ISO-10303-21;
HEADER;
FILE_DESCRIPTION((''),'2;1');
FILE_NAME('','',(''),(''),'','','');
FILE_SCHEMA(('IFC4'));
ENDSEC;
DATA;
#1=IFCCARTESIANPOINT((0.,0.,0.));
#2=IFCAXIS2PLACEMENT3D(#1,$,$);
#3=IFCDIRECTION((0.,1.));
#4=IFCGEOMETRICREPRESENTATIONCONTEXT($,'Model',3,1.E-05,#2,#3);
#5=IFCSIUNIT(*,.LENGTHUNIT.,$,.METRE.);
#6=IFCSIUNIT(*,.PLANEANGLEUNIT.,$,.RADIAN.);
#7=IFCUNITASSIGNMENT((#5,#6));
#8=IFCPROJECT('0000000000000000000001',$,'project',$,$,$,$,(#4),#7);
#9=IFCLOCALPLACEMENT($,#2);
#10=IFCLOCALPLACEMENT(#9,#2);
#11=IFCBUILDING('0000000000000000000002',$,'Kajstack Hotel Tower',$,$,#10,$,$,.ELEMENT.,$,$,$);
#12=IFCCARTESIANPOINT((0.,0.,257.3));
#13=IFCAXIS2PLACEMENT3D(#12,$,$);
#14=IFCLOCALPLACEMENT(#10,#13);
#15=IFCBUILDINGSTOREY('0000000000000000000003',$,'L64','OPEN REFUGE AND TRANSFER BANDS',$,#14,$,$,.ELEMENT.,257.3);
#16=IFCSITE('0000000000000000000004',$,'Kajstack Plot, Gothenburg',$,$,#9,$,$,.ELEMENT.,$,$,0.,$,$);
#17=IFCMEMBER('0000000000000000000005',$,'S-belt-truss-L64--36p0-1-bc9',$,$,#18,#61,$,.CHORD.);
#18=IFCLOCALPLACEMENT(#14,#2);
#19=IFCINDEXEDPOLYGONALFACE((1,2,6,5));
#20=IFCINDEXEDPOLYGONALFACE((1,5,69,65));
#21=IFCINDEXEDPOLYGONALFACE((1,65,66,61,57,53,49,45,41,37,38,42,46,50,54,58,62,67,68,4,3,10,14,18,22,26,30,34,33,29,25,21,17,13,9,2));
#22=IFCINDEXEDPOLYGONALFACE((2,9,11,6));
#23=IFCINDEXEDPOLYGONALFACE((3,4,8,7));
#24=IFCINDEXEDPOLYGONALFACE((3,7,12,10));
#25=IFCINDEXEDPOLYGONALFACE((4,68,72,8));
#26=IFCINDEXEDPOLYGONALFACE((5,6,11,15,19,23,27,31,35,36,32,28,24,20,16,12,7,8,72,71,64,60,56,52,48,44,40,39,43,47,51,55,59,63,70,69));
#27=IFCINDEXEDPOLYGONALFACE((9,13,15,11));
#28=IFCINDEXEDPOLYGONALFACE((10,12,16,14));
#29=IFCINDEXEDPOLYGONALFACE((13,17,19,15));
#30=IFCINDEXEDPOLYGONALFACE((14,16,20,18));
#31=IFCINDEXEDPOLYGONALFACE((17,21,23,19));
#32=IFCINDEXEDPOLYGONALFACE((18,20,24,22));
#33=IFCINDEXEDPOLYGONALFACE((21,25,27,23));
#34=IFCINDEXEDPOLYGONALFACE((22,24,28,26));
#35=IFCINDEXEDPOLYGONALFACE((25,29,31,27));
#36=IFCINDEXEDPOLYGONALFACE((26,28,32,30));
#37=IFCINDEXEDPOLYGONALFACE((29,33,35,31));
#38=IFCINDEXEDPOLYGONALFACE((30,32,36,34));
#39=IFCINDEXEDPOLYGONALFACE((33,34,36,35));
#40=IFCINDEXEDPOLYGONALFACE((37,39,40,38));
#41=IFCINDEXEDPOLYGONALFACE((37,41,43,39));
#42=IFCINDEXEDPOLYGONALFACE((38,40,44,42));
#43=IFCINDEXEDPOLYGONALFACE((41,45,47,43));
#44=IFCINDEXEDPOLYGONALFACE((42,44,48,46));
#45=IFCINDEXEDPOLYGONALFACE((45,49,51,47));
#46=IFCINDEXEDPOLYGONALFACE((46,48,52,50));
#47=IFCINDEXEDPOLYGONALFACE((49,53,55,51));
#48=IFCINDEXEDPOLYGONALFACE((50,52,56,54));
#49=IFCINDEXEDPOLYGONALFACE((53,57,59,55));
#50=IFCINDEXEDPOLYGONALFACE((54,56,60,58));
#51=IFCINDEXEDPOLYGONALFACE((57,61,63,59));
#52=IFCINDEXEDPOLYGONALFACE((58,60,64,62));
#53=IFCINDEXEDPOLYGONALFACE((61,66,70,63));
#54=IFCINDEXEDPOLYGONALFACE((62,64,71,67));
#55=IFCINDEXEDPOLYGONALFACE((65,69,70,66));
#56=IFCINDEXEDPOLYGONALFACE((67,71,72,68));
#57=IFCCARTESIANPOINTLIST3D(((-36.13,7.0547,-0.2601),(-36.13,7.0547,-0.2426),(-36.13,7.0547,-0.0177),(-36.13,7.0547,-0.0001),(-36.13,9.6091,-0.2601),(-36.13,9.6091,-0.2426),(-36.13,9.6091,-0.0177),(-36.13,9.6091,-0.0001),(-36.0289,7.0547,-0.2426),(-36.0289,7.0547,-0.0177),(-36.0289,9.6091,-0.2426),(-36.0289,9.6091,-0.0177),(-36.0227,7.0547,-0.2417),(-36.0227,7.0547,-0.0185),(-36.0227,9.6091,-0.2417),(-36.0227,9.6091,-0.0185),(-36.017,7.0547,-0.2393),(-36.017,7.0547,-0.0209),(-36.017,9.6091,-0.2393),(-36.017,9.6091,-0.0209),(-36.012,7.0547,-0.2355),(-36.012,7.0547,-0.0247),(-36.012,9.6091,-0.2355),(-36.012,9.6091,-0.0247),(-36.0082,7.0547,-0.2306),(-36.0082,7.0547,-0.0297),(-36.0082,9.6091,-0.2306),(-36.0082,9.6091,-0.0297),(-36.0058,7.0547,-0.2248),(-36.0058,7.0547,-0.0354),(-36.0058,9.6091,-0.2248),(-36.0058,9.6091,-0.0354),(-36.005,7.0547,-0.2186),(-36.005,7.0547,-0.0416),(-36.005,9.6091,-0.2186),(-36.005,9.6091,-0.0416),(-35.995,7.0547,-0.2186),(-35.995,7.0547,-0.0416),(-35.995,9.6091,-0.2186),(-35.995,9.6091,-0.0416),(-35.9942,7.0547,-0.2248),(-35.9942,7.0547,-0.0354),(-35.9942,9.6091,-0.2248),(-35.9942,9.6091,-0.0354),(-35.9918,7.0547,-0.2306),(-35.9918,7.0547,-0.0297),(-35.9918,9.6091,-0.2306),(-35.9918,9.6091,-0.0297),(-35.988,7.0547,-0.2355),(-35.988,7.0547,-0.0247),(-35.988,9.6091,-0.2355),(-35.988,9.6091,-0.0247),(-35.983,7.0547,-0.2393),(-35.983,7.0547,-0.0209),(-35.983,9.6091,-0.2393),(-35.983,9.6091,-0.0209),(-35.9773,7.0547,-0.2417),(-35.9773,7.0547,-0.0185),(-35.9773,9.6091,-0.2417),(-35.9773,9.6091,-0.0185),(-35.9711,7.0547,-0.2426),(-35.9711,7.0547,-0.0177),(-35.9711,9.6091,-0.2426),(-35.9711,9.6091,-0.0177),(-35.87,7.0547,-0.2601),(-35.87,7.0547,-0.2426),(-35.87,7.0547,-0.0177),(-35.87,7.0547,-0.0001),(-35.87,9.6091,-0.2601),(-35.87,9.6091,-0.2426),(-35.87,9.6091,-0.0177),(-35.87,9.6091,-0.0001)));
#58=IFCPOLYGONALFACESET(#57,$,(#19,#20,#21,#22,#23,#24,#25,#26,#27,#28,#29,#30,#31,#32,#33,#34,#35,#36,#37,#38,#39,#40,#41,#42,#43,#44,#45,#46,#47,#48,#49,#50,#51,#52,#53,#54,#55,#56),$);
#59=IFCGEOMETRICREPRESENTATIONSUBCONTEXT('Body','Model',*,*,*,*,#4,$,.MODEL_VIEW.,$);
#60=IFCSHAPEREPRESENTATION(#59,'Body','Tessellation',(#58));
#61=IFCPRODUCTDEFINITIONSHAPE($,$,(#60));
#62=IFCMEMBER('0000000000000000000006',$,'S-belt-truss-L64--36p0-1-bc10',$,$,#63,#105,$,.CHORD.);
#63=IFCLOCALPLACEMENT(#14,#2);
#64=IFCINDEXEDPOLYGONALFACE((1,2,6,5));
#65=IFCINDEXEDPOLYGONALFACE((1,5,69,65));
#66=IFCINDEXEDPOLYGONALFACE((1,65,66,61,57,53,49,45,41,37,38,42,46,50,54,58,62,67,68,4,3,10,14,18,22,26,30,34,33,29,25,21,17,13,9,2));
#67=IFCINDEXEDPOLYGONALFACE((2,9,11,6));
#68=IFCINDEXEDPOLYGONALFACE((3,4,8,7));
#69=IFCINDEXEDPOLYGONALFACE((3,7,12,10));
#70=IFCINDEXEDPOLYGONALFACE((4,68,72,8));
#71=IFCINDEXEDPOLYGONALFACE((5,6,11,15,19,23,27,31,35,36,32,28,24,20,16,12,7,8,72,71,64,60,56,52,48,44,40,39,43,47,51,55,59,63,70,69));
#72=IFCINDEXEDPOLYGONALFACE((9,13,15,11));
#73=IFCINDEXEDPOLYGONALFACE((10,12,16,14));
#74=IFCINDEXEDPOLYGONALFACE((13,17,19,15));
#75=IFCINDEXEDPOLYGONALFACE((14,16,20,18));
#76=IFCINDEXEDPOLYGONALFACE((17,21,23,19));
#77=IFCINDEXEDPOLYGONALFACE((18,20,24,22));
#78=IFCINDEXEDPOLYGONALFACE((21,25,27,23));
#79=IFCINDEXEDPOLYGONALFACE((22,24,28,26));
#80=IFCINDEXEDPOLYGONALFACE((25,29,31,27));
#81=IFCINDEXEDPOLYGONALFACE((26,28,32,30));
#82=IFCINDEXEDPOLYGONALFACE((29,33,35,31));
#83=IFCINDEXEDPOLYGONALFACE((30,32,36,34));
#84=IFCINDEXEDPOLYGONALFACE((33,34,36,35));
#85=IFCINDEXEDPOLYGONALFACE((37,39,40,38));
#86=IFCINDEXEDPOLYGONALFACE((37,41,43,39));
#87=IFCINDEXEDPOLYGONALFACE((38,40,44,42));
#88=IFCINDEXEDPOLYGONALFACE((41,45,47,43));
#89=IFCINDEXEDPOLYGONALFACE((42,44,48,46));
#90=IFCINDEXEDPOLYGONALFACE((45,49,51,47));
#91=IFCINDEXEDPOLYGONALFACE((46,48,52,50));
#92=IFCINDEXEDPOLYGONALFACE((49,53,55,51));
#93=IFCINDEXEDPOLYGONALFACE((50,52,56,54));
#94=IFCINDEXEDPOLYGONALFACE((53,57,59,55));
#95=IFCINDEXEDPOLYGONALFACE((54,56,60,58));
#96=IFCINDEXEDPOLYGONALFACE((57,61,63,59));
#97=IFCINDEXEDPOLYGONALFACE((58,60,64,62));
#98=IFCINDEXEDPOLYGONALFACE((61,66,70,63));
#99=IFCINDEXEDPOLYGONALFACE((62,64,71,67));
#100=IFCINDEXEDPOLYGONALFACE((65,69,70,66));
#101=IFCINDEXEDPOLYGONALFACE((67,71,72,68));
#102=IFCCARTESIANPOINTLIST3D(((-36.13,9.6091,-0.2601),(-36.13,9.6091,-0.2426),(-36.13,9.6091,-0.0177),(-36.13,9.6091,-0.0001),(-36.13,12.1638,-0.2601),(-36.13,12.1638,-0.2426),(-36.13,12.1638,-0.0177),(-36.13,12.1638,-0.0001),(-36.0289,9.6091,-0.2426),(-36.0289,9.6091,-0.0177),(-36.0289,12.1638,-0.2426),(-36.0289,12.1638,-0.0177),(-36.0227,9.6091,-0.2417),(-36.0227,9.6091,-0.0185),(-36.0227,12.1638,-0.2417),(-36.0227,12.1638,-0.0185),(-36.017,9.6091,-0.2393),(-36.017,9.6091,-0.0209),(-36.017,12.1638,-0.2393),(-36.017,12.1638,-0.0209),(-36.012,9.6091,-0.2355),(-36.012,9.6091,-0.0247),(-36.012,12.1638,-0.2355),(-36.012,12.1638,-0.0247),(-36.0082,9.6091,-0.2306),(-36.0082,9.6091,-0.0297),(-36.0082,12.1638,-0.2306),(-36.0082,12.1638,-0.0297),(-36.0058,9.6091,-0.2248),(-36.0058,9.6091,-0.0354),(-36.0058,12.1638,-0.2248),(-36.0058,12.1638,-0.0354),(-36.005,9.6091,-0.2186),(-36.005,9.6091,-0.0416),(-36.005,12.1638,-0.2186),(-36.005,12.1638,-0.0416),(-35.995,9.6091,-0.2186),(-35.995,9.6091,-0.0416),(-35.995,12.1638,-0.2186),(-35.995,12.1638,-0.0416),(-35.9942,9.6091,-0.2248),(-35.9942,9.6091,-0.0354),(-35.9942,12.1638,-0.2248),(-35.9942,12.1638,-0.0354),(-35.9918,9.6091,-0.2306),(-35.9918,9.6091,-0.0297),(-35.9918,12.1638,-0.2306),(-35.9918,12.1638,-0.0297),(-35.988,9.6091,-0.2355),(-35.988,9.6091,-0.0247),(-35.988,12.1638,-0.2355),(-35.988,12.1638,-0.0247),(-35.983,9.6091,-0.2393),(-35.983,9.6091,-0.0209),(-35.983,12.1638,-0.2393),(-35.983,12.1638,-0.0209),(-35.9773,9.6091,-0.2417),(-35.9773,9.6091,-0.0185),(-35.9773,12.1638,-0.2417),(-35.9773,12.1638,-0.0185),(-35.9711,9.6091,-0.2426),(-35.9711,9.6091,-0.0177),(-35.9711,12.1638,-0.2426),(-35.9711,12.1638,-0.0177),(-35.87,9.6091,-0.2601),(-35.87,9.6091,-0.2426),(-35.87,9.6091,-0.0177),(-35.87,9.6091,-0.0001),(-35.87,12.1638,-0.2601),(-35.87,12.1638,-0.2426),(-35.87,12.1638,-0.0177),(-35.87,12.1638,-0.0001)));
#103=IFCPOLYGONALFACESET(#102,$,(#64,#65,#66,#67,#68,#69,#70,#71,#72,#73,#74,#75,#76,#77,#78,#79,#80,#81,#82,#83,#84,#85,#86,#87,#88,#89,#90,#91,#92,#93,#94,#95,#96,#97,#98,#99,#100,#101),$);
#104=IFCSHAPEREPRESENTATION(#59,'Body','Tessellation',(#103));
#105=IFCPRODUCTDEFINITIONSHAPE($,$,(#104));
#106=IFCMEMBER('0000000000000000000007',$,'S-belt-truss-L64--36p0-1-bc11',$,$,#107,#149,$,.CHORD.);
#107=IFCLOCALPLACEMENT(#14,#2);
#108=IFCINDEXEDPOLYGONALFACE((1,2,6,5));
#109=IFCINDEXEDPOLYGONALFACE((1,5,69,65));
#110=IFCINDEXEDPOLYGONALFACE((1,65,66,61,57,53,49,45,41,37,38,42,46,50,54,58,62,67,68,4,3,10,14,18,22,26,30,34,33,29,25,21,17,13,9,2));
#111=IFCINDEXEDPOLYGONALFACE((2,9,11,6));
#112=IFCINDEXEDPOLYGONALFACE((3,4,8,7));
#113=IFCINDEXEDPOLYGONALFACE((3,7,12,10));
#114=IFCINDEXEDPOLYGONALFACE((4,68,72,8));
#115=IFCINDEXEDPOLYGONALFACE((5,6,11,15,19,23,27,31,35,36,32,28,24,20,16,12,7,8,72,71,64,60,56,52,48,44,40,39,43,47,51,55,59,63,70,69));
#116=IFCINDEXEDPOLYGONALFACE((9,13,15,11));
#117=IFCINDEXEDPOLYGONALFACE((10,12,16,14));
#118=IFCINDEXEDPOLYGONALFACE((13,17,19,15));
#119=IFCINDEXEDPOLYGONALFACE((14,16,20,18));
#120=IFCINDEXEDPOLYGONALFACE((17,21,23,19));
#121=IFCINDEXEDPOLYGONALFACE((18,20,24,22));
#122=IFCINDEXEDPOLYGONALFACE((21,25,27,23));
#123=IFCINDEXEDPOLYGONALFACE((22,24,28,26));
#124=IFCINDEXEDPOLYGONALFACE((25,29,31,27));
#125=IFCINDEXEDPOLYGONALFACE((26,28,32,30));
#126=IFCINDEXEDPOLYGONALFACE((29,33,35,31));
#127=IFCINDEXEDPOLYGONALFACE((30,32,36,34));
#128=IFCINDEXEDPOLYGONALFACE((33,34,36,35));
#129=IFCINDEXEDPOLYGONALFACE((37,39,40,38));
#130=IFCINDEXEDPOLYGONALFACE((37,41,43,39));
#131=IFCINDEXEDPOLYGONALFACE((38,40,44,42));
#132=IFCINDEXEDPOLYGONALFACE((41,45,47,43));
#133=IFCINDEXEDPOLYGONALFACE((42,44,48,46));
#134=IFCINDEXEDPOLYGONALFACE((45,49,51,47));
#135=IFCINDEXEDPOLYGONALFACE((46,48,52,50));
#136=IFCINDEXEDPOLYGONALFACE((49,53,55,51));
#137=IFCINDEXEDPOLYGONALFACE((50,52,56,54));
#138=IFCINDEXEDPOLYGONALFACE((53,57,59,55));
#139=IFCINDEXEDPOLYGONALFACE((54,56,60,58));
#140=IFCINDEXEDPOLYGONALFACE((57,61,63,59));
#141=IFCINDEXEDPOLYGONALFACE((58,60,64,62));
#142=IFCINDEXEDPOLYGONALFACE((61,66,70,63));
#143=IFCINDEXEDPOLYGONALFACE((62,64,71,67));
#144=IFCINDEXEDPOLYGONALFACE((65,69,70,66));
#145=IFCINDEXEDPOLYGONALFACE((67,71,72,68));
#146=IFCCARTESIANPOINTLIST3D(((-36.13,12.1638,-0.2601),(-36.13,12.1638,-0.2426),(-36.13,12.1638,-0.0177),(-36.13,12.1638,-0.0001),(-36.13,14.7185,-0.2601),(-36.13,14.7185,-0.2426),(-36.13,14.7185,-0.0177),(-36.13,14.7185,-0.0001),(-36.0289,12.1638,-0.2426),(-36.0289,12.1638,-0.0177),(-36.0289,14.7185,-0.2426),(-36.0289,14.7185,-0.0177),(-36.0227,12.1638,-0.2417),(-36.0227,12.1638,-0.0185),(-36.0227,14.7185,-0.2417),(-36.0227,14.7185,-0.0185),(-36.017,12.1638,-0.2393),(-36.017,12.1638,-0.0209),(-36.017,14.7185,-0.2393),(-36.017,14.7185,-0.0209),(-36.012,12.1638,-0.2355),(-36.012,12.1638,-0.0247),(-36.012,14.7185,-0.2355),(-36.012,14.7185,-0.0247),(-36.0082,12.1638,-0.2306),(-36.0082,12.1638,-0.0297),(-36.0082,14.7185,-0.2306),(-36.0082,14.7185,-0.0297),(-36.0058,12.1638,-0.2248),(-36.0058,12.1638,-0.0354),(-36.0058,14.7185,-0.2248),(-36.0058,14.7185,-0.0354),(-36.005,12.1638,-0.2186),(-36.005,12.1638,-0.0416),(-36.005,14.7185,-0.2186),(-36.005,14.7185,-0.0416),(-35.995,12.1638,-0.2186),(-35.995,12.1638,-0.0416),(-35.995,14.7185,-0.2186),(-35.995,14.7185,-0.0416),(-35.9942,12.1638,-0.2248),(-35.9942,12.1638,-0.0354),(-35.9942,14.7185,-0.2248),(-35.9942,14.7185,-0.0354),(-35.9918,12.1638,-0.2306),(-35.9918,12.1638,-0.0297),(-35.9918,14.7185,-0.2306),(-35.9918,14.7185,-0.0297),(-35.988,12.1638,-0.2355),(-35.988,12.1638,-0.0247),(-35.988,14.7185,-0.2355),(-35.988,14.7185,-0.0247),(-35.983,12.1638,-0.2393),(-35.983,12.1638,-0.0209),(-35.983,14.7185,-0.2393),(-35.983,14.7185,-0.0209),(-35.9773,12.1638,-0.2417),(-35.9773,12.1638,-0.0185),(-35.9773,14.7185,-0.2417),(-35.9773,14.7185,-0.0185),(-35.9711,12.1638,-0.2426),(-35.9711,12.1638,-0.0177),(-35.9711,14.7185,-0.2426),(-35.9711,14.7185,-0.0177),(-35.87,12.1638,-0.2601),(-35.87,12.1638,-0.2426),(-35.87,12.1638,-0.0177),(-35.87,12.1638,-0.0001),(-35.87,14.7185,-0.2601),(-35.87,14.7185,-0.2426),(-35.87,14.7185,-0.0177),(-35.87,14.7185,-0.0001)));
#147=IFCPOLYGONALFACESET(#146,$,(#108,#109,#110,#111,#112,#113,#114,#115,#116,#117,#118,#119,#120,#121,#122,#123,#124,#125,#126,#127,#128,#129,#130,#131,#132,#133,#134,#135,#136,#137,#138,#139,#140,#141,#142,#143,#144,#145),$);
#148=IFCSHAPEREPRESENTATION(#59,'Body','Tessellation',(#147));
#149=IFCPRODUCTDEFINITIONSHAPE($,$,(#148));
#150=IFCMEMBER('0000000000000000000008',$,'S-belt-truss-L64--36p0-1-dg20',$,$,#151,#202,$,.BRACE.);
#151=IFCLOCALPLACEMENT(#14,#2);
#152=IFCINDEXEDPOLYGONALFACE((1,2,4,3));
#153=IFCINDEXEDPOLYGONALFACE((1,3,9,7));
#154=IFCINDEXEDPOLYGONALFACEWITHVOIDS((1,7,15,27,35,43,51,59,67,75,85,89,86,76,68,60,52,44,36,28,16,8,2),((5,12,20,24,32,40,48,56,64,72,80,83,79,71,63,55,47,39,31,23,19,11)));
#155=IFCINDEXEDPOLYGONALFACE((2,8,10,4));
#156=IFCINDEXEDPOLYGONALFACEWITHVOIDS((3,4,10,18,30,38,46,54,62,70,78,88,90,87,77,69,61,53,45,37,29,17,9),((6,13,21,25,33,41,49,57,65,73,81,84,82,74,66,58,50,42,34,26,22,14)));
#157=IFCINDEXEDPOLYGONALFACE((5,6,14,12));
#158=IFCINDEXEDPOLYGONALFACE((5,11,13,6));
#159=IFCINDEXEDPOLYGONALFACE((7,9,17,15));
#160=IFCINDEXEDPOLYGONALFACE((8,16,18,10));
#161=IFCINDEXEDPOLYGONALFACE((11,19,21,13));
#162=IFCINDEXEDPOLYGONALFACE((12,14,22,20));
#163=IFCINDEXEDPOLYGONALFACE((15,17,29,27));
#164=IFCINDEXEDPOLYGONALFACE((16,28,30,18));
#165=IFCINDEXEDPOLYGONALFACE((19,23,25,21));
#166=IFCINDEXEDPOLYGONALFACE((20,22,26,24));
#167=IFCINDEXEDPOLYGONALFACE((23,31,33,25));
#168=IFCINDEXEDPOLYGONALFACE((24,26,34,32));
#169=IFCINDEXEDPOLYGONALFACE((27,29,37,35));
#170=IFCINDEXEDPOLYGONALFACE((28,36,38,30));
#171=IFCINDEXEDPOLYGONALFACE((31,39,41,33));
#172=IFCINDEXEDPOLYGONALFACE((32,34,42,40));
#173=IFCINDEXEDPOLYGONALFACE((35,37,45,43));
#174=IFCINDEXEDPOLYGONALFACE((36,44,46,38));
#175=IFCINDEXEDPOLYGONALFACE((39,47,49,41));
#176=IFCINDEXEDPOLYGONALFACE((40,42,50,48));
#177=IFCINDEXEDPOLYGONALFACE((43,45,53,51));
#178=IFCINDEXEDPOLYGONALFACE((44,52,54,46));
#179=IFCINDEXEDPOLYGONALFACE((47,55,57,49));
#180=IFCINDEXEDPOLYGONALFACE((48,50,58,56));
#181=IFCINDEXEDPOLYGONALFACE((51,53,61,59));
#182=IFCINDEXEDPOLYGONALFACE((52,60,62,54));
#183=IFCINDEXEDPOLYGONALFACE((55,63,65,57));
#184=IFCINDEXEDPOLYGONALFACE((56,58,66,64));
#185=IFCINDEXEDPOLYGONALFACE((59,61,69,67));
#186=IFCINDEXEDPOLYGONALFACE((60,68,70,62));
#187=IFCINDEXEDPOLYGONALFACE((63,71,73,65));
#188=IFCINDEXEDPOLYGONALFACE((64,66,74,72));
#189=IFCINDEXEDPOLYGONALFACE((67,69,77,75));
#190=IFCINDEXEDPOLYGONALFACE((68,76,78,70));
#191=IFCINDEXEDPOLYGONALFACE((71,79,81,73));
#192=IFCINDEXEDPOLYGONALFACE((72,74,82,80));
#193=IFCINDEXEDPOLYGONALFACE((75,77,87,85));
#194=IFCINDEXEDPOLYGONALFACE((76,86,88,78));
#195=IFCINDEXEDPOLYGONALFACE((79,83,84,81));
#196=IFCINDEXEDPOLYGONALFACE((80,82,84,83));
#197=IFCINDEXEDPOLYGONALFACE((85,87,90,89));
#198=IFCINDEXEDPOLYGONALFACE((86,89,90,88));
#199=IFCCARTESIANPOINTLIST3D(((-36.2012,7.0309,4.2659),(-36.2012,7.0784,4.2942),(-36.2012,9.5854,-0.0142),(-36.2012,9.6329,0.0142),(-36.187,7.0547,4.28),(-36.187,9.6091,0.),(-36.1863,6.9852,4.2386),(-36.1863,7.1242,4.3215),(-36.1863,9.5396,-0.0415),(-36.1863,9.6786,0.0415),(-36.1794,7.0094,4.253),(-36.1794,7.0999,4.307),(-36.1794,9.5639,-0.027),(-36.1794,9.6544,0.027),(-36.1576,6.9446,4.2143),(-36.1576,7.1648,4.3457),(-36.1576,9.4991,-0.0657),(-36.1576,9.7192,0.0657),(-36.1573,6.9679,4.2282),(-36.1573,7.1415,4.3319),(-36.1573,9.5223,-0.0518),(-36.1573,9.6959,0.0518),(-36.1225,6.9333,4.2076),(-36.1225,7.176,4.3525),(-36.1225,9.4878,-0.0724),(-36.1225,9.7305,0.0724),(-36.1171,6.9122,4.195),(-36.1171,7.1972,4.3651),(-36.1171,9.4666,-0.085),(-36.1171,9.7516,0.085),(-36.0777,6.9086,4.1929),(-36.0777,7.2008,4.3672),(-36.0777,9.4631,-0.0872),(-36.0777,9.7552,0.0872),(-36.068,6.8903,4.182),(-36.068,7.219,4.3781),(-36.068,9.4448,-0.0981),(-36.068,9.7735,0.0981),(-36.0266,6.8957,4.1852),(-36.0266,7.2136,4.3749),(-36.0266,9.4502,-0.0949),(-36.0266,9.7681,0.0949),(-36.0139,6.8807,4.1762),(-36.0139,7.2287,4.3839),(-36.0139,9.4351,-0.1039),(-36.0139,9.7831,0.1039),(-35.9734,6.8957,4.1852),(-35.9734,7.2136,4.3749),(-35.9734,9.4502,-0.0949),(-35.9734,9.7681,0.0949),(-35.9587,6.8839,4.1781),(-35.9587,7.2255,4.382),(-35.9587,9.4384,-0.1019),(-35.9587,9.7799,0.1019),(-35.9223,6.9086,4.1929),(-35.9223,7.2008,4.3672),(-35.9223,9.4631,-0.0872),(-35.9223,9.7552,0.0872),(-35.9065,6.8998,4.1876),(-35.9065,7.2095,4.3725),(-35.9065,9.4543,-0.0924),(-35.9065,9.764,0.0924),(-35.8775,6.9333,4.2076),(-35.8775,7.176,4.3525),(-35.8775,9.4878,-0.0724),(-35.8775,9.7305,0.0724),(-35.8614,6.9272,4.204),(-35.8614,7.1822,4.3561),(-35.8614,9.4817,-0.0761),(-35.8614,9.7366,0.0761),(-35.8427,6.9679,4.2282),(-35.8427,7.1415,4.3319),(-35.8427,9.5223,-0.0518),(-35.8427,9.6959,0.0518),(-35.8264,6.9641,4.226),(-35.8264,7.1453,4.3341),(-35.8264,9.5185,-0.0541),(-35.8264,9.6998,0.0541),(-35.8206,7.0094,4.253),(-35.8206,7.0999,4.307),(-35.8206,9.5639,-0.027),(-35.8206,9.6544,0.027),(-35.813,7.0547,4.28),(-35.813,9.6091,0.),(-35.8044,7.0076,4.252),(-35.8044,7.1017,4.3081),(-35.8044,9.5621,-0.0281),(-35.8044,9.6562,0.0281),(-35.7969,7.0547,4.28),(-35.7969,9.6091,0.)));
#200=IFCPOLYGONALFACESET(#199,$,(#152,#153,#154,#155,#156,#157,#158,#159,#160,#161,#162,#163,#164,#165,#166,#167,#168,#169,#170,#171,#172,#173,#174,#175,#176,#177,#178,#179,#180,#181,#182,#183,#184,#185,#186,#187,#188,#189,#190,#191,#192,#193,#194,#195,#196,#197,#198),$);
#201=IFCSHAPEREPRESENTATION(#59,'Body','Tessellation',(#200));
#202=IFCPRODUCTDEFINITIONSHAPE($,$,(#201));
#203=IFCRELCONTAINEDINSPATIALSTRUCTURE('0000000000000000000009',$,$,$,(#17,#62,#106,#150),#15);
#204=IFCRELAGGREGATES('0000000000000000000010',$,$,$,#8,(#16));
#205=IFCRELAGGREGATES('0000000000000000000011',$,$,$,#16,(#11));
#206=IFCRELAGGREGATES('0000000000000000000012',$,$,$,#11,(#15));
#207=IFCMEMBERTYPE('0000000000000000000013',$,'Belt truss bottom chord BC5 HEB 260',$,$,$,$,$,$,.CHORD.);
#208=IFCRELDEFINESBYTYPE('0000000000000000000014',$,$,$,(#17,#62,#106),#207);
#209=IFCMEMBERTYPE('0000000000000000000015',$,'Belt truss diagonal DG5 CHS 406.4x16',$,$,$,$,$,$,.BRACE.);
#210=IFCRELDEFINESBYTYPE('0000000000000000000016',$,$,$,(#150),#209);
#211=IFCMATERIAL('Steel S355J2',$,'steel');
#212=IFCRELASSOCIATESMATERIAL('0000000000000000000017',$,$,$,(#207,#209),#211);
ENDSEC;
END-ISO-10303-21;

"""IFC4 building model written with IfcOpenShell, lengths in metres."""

from ifc_helpers import new_model, si_unit, direction, frame, origin, origin_2d, place, context, subcontext, project, spatial, hollow_circle, i_section, extrude, material, material_profile, profile_set, type_object, element, save


model = new_model("IFC4")

# Units and contexts
model_context = context("Model", 3, precision=1e-05, world=origin(), true_north=direction((0.0, 1.0)))
body_context = subcontext(model_context, "Body", "Model", "MODEL_VIEW")
ifc_project = project(units=[si_unit("LENGTHUNIT", "METRE"), si_unit("PLANEANGLEUNIT", "RADIAN")], contexts=[model_context])

# Site, building, storey
site_placement = place(None, origin())
site = spatial("IfcSite", under=ifc_project, at=site_placement, Name="Kajstack Plot, Gothenburg", CompositionType="ELEMENT", RefElevation=0.0)
building_placement = place(site_placement, origin())
building = spatial("IfcBuilding", under=site, at=building_placement, Name="Kajstack Hotel Tower", CompositionType="ELEMENT")
storey_placement = place(building_placement, frame((0.0, 0.0, 257.3)))
storey = spatial("IfcBuildingStorey", under=building, at=storey_placement, Name="L64", Description="OPEN REFUGE AND TRANSFER BANDS", CompositionType="ELEMENT", Elevation=257.3)

# Members
ifc_material = material(Name="Steel S355J2", Category="steel")
ifc_material_profile_1 = material_profile(ifc_material, i_section(OverallWidth=0.26, OverallDepth=0.26, WebThickness=0.01, FlangeThickness=0.0176, FilletRadius=0.0239, at=origin_2d()), Name="HEB 260")
ifc_profile_set_1 = profile_set([ifc_material_profile_1], Name="Steel S355J2")
member_type_1 = type_object("IfcMemberType", Name="Belt truss bottom chord BC5 HEB 260", PredefinedType="CHORD", material=ifc_profile_set_1)
member_1_placement = place(storey_placement, frame((-36.0, 7.0547, -0.1301), z_axis=(0.0, 1.0, 0.0), x_axis=(-1.0, 0.0, 0.0)))
element("IfcMember", 1, at=member_1_placement, inside=storey, type_object=member_type_1, Name="S-belt-truss-L64--36p0-1-bc9", PredefinedType="CHORD", context=body_context, shape_type="SweptSolid", body=[
    extrude(i_section(OverallWidth=0.26, OverallDepth=0.26, WebThickness=0.01, FlangeThickness=0.0176, FilletRadius=0.0239, at=origin_2d()), origin(), (0.0, 0.0, 1.0), 2.5544),
])
for number, where, z_axis, x_axis, name in (
    (2, (-36.0, 9.6091, -0.1301), (0.0, 1.0, 0.0), (-1.0, 0.0, 0.0), "S-belt-truss-L64--36p0-1-bc10"),
    (3, (-36.0, 12.1638, -0.1301), (0.0, 1.0, 0.0), (-1.0, 0.0, 0.0), "S-belt-truss-L64--36p0-1-bc11"),
):
    element("IfcMember", number, at=place(storey_placement, frame(where, z_axis=z_axis, x_axis=x_axis)), inside=storey, type_object=member_type_1, Name=name, PredefinedType="CHORD", context=body_context, shape_type="SweptSolid", body=[
        extrude(i_section(OverallWidth=0.26, OverallDepth=0.26, WebThickness=0.01, FlangeThickness=0.0176, FilletRadius=0.0239, at=origin_2d()), origin(), (0.0, 0.0, 1.0), 2.5547),
    ])
ifc_material_profile_2 = material_profile(ifc_material, hollow_circle(Radius=0.2031, WallThickness=0.0161, at=origin_2d()), Name="CHS 406.4x16")
ifc_profile_set_2 = profile_set([ifc_material_profile_2], Name="Steel S355J2")
member_type_2 = type_object("IfcMemberType", Name="Belt truss diagonal DG5 CHS 406.4x16", PredefinedType="BRACE", material=ifc_profile_set_2)
for number, where, z_axis, x_axis, name in (
    (4, (-36.0, 9.6091, 0.0), (0.0, -0.512492, 0.858692), (1.0, 0.0, 0.0), "S-belt-truss-L64--36p0-1-dg20"),
):
    element("IfcMember", number, at=place(storey_placement, frame(where, z_axis=z_axis, x_axis=x_axis)), inside=storey, type_object=member_type_2, Name=name, PredefinedType="BRACE", context=body_context, shape_type="SweptSolid", body=[
        extrude(hollow_circle(Radius=0.2031, WallThickness=0.0161, at=origin_2d()), origin(), (0.0, 0.0, 1.0), 4.9844),
    ])

save(model, "model.ifc")
